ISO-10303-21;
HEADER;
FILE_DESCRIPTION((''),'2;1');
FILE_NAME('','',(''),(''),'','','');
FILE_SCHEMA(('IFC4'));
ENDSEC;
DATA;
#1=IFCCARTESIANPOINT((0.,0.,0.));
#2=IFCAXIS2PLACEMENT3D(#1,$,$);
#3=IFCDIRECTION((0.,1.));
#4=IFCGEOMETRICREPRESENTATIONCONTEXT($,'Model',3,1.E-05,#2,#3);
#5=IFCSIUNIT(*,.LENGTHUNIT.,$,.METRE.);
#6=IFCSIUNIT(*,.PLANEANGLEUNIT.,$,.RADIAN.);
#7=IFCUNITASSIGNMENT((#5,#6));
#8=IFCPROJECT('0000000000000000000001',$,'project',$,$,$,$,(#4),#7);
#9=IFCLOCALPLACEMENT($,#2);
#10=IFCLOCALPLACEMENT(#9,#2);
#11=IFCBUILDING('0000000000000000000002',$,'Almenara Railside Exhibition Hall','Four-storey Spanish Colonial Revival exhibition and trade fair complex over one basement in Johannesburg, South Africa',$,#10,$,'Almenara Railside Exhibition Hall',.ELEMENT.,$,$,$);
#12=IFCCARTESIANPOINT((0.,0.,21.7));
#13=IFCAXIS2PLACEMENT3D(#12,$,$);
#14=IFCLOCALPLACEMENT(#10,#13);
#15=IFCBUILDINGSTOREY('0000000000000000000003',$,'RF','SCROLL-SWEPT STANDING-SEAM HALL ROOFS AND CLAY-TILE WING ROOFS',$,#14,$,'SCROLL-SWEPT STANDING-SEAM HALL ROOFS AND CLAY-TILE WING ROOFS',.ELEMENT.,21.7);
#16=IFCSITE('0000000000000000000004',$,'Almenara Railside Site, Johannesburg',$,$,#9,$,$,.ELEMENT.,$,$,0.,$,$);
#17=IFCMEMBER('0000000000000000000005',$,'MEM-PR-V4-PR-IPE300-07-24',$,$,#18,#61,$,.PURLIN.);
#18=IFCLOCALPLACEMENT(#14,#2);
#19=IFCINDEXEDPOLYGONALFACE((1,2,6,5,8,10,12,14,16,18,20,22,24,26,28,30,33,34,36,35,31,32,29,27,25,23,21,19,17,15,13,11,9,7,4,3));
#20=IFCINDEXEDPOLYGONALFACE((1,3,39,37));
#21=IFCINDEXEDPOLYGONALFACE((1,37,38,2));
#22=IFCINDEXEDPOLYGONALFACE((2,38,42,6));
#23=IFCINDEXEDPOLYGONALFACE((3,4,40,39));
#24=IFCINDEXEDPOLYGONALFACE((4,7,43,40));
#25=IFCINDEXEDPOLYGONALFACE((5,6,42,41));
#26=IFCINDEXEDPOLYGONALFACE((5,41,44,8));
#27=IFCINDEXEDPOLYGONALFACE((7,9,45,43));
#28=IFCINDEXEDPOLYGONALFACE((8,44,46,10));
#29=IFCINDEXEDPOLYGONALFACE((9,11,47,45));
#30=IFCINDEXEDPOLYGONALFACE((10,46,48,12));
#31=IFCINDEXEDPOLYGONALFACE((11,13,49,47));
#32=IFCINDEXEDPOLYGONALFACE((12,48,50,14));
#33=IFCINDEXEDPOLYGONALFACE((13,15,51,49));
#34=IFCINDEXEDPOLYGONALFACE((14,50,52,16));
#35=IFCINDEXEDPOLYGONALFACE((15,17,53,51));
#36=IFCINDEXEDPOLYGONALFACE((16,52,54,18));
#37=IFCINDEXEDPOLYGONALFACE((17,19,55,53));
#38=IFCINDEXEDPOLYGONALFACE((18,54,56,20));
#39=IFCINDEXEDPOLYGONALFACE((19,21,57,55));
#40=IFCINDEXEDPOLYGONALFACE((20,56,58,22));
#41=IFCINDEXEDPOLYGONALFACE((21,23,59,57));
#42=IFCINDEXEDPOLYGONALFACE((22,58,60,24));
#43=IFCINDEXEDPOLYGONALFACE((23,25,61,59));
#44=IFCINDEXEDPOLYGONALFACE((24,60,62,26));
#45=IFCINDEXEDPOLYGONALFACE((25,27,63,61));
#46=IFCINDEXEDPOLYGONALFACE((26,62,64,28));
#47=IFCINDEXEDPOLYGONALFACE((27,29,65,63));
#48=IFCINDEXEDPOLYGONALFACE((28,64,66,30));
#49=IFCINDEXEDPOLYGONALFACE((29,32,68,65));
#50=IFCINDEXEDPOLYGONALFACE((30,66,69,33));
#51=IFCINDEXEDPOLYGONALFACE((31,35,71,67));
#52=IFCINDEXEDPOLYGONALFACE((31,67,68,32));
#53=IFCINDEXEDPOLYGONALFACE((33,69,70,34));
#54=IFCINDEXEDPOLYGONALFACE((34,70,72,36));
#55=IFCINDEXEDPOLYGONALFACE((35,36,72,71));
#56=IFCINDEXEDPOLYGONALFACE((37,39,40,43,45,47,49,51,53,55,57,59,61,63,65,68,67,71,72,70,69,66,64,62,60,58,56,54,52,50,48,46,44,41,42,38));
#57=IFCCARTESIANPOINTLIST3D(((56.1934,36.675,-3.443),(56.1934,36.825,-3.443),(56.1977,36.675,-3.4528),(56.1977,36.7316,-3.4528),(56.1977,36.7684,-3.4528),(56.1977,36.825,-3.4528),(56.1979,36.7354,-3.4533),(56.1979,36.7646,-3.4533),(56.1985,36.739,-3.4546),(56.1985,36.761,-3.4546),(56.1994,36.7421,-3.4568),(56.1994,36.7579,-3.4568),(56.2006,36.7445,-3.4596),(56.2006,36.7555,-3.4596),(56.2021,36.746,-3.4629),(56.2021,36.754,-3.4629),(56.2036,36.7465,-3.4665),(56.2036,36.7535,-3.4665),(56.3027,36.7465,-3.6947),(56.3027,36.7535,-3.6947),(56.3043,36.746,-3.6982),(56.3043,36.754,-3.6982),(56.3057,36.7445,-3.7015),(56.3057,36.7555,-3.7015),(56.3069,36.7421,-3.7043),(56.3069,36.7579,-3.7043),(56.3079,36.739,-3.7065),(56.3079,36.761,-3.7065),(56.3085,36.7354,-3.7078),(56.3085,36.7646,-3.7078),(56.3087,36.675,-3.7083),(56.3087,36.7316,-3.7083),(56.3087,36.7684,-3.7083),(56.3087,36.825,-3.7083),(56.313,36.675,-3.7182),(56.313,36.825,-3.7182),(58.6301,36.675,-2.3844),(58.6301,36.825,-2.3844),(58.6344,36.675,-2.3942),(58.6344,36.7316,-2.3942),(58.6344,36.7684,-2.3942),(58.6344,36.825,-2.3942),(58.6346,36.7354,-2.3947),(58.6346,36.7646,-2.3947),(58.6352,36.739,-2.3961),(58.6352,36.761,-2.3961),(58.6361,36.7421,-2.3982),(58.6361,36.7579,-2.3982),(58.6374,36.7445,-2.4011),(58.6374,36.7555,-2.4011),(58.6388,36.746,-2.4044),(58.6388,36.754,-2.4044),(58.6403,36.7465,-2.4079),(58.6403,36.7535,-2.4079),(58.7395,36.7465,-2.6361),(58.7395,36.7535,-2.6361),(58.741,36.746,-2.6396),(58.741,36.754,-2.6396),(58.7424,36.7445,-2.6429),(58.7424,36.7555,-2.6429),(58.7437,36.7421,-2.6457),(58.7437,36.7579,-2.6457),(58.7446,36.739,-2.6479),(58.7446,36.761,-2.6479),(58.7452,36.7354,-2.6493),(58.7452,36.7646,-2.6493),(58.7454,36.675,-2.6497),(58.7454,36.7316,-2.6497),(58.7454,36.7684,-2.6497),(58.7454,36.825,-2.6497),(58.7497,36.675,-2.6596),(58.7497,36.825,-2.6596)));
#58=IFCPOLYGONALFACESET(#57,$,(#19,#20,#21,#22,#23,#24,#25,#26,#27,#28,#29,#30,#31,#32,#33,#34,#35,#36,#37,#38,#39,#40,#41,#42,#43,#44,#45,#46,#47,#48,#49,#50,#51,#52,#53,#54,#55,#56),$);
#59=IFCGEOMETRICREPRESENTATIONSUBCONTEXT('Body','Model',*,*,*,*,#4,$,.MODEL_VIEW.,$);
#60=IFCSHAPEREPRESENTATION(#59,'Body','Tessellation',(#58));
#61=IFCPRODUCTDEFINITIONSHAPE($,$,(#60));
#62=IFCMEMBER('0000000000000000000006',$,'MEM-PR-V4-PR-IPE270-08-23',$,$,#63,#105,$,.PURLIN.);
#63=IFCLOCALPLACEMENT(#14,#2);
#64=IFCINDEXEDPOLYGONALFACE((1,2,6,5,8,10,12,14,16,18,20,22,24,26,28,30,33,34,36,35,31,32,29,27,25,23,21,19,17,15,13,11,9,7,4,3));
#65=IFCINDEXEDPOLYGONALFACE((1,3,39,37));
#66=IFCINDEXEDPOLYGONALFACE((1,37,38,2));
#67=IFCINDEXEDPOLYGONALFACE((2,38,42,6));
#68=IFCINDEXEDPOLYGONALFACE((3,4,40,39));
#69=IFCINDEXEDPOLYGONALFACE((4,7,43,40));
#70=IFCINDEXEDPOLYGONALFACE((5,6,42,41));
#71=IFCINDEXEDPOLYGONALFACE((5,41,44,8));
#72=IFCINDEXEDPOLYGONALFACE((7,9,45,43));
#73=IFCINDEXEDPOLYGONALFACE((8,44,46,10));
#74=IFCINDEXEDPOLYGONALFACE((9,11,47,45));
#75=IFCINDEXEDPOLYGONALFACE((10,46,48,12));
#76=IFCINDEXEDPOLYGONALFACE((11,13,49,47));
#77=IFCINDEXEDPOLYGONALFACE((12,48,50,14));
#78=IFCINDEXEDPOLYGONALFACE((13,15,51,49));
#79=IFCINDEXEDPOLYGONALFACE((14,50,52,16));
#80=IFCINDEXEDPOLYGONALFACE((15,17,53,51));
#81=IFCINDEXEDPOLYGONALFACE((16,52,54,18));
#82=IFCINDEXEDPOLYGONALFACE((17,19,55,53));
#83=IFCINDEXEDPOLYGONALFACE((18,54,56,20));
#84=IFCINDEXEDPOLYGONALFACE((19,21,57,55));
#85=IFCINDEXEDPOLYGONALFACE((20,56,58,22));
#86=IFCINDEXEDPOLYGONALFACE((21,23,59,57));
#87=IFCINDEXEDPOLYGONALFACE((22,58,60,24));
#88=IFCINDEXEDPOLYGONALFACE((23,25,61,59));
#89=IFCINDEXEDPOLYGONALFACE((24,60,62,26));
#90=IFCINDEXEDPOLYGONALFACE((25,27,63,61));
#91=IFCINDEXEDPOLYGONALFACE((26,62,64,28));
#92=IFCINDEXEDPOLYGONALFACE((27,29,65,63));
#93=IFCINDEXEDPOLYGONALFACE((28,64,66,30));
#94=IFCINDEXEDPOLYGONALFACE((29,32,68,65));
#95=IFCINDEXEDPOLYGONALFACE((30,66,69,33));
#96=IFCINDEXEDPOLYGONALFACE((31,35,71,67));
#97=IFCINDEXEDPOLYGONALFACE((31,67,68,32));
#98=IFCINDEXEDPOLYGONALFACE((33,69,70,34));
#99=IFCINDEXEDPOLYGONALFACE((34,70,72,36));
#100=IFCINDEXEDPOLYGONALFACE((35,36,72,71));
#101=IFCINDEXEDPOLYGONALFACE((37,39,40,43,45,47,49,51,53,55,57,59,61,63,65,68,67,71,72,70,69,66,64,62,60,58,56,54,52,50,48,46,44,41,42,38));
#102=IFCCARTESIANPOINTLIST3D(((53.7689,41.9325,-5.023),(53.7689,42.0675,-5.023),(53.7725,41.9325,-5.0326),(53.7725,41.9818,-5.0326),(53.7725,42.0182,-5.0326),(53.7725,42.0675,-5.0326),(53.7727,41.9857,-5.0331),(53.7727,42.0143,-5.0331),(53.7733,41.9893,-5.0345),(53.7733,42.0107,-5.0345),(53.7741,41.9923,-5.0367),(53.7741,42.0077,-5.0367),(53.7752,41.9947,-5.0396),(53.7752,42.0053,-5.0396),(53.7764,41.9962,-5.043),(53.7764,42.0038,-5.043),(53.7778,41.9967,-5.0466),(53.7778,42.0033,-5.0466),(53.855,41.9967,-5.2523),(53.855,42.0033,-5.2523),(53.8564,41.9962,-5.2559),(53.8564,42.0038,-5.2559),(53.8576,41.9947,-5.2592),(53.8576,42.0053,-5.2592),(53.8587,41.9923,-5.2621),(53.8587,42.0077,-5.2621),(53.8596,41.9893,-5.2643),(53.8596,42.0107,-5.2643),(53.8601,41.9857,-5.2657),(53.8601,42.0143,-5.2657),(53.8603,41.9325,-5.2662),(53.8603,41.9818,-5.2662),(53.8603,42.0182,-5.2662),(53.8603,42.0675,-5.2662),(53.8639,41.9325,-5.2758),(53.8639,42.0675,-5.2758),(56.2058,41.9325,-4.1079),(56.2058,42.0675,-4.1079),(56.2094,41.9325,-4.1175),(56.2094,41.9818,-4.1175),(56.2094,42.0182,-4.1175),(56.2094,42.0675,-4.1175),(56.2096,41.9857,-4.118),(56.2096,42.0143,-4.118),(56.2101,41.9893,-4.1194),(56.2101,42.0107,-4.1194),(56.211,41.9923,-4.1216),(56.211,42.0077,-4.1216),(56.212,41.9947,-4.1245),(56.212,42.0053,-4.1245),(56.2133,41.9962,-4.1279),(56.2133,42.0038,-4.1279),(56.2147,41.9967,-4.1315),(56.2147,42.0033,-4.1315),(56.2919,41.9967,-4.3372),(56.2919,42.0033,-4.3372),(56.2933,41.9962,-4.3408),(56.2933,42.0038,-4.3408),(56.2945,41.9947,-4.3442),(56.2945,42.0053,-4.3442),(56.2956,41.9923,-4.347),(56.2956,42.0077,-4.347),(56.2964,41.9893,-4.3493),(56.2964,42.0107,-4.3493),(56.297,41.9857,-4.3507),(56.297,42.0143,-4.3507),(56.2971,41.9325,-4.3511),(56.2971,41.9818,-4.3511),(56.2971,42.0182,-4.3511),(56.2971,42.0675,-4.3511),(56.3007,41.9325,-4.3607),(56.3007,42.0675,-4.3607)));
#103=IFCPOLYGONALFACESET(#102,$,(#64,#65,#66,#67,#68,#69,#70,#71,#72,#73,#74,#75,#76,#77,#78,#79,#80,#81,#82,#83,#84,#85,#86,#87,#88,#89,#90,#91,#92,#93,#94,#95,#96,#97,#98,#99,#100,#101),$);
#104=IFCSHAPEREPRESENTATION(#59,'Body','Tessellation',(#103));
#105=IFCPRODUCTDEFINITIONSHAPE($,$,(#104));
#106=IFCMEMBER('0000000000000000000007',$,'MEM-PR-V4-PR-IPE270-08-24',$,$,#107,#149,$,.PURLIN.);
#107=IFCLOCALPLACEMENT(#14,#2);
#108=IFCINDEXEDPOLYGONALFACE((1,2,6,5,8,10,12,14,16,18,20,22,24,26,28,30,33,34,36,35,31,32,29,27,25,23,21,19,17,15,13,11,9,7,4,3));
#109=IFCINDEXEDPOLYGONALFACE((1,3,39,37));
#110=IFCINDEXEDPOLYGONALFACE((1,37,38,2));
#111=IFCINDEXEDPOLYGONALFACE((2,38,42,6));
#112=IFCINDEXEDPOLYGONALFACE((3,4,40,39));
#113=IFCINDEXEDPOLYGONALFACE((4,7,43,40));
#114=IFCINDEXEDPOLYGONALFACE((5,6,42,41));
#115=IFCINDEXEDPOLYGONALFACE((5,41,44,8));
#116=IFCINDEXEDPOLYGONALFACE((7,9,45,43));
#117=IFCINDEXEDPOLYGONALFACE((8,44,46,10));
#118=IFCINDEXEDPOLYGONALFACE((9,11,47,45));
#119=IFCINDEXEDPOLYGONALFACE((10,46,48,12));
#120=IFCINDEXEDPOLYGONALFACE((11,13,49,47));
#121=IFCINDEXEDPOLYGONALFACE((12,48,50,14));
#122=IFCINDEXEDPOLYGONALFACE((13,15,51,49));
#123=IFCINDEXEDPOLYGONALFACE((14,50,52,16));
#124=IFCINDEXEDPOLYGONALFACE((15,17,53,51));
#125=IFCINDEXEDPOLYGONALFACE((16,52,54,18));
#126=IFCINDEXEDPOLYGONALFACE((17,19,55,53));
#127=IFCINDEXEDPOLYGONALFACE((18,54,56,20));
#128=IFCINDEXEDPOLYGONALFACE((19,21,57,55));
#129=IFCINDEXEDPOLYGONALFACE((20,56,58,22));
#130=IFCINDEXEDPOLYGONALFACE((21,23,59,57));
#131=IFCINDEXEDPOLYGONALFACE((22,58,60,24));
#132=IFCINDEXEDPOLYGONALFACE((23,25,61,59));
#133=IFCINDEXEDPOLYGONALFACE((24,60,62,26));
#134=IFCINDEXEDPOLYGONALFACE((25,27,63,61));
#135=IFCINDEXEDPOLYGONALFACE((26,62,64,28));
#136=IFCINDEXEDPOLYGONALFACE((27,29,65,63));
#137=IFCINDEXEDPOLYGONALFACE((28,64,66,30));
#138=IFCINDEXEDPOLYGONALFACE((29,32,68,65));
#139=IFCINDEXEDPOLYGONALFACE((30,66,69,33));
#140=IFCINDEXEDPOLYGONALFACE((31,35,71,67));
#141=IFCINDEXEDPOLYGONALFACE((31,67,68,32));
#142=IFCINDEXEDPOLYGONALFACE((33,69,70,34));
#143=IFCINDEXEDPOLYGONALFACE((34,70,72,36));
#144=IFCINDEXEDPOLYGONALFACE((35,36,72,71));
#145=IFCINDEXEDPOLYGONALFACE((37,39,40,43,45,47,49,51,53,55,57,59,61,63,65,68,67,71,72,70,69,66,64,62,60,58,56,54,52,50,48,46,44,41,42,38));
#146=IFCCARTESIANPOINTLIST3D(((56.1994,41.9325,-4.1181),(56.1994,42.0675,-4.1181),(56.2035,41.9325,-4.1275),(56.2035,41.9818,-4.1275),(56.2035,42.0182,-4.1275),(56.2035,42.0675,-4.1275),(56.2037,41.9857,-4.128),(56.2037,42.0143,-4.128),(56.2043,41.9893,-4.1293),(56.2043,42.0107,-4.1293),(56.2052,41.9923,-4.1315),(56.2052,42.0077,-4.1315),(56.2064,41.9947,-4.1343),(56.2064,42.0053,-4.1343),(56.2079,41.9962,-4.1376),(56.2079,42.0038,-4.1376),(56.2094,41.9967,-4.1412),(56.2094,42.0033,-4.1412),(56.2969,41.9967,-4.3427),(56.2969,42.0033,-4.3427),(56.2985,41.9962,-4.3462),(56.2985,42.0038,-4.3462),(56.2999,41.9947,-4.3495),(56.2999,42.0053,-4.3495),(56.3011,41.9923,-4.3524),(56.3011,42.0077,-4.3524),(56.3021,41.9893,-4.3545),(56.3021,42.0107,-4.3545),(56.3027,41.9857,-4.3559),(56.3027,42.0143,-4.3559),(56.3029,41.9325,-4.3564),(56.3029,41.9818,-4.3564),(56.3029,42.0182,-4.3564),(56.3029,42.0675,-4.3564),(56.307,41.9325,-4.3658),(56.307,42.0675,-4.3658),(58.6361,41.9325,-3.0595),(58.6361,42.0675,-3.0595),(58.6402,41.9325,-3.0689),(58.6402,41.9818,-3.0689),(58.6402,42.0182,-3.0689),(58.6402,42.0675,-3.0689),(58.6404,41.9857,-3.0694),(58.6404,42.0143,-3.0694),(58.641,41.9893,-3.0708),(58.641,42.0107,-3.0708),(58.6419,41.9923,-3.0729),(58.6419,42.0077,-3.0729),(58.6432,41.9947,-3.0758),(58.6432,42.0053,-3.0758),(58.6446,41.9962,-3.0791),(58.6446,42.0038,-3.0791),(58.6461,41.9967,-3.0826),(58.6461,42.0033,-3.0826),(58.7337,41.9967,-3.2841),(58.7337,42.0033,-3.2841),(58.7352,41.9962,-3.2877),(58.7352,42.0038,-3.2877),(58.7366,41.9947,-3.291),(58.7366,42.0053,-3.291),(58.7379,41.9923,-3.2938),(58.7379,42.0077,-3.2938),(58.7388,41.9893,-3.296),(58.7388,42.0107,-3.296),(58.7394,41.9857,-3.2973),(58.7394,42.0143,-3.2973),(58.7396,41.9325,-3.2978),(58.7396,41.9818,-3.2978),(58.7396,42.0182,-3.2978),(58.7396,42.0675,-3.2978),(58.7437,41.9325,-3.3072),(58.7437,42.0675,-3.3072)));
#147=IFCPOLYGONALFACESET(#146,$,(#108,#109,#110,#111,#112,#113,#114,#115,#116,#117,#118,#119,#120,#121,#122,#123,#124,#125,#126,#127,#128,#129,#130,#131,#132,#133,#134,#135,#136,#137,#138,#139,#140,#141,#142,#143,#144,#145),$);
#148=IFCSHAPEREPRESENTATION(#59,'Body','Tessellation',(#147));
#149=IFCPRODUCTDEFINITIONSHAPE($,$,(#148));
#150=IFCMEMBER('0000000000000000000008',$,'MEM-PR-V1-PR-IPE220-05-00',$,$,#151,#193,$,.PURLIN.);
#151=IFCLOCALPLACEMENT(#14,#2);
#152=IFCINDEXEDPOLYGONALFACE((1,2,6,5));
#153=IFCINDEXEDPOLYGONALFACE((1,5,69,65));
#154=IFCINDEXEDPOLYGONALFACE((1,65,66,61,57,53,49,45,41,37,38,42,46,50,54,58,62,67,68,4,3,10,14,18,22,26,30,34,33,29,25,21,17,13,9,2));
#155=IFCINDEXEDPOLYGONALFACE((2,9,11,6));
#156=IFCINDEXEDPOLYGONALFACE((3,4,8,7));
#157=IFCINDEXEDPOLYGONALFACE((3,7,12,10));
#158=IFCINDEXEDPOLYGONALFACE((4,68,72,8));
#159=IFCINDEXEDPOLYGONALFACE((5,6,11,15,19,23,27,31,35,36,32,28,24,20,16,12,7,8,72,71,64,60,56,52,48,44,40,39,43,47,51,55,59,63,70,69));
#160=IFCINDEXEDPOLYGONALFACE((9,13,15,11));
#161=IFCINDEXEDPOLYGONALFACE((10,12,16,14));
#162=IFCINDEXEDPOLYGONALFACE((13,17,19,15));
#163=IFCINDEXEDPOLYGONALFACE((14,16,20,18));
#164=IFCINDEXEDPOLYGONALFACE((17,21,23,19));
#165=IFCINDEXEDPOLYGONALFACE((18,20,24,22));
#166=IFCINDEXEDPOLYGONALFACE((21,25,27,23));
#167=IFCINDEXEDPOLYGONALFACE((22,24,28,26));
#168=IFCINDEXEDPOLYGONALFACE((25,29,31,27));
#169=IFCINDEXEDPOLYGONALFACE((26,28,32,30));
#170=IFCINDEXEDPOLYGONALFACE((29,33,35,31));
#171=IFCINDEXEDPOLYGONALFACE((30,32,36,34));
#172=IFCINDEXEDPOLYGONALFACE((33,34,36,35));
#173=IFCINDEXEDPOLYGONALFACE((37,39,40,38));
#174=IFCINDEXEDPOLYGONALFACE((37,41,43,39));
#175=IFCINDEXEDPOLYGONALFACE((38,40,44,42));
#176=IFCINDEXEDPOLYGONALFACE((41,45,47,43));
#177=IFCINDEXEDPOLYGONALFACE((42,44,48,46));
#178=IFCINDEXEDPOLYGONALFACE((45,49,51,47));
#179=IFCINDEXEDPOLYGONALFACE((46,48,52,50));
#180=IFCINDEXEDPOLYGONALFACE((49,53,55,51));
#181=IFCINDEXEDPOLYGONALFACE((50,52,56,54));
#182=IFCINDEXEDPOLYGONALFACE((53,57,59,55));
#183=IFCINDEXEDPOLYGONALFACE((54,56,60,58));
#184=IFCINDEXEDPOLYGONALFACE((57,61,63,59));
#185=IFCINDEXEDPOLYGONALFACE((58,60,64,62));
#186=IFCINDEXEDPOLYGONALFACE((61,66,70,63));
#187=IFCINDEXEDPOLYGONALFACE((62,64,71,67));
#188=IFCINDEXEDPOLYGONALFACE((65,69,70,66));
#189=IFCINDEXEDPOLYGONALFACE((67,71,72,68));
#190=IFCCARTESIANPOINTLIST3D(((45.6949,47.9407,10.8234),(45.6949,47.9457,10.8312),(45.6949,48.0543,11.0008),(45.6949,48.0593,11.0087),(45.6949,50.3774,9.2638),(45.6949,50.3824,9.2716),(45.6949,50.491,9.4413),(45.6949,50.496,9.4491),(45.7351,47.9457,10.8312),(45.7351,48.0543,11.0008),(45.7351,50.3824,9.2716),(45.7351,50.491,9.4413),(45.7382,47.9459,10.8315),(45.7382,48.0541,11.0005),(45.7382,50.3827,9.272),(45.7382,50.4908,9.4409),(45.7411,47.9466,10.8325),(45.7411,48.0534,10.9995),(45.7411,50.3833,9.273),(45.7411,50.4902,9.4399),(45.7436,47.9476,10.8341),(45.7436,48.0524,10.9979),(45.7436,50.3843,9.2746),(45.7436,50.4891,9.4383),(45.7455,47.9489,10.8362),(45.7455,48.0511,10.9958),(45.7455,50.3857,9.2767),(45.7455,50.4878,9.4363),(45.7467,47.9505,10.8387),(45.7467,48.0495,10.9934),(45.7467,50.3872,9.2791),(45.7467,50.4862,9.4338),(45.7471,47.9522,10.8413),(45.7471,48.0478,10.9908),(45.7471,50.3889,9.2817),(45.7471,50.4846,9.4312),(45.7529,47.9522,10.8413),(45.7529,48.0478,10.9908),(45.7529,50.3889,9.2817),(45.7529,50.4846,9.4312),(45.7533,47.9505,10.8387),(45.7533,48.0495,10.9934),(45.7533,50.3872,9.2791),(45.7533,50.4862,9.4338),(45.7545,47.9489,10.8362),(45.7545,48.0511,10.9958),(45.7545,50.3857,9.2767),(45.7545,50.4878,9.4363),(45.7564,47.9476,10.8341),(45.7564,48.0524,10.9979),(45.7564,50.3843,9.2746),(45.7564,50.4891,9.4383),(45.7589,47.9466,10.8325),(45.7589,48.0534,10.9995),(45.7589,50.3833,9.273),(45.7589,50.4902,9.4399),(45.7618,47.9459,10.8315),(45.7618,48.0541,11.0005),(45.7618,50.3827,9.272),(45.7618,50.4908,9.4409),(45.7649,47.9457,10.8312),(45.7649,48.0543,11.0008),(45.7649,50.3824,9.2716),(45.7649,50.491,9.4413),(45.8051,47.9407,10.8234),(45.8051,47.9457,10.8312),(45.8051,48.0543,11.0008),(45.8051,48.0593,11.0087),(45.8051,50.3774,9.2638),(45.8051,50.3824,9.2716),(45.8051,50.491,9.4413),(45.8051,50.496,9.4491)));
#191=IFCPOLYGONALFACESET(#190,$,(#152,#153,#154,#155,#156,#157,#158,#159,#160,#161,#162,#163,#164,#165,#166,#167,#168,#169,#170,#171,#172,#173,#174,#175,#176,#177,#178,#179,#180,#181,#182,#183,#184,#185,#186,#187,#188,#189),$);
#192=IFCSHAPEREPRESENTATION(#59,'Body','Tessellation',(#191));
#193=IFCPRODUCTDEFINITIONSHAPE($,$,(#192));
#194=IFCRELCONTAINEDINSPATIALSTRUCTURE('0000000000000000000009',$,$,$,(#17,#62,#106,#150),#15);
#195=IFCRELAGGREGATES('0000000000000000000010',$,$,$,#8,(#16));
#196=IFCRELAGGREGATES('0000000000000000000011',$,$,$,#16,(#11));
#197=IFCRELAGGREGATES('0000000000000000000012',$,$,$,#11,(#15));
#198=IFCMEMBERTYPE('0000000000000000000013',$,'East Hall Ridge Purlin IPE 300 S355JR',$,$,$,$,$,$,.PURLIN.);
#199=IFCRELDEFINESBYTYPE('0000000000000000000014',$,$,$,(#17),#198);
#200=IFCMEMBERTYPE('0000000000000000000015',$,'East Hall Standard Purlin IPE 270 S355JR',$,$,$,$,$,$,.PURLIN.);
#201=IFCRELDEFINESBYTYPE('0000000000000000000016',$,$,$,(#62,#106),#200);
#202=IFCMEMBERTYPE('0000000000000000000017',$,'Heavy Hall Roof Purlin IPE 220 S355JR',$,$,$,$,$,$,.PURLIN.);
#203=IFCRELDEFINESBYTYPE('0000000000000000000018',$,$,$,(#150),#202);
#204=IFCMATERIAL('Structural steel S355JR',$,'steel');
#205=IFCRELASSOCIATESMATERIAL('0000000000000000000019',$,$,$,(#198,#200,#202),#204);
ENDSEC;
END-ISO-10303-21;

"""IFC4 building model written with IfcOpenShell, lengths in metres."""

from ifc_helpers import new_model, si_unit, direction, frame, origin, origin_2d, place, context, subcontext, project, spatial, i_section, extrude, material, material_profile, profile_set, type_object, element, save


model = new_model("IFC4")

# Units and contexts
model_context = context("Model", 3, precision=1e-05, world=origin(), true_north=direction((0.0, 1.0)))
body_context = subcontext(model_context, "Body", "Model", "MODEL_VIEW")
ifc_project = project(units=[si_unit("LENGTHUNIT", "METRE"), si_unit("PLANEANGLEUNIT", "RADIAN")], contexts=[model_context])

# Site, building, storey
site_placement = place(None, origin())
site = spatial("IfcSite", under=ifc_project, at=site_placement, Name="Almenara Railside Site, Johannesburg", CompositionType="ELEMENT", RefElevation=0.0)
building_placement = place(site_placement, origin())
building = spatial("IfcBuilding", under=site, at=building_placement, Name="Almenara Railside Exhibition Hall", Description="Four-storey Spanish Colonial Revival exhibition and trade fair complex over one basement in Johannesburg, South Africa", LongName="Almenara Railside Exhibition Hall", CompositionType="ELEMENT")
storey_placement = place(building_placement, frame((0.0, 0.0, 21.7)))
storey = spatial("IfcBuildingStorey", under=building, at=storey_placement, Name="RF", Description="SCROLL-SWEPT STANDING-SEAM HALL ROOFS AND CLAY-TILE WING ROOFS", LongName="SCROLL-SWEPT STANDING-SEAM HALL ROOFS AND CLAY-TILE WING ROOFS", CompositionType="ELEMENT", Elevation=21.7)

# Shared definitions
ifc_material_1 = material(Name="Structural steel S355JR", Category="steel")

# Members
ifc_material_profile_1 = material_profile(ifc_material_1, i_section(OverallWidth=0.1499, OverallDepth=0.3, WebThickness=0.0071, FlangeThickness=0.0107, FilletRadius=0.0149, at=origin_2d()), Name="IPE 300")
ifc_profile_set_1 = profile_set([ifc_material_profile_1], Name="Structural steel S355JR")
member_type_1 = type_object("IfcMemberType", Name="East Hall Ridge Purlin IPE 300 S355JR", PredefinedType="PURLIN", material=ifc_profile_set_1)
member_1_placement = place(storey_placement, frame((56.2532, 36.75, -3.5806), z_axis=(0.91719, 0.0, 0.398451), x_axis=(0.0, 1.0, 0.0)))
element("IfcMember", 1, at=member_1_placement, inside=storey, type_object=member_type_1, Name="MEM-PR-V4-PR-IPE300-07-24", PredefinedType="PURLIN", context=body_context, shape_type="SweptSolid", body=[
    extrude(i_section(OverallWidth=0.1499, OverallDepth=0.3, WebThickness=0.0071, FlangeThickness=0.0107, FilletRadius=0.0149, at=origin_2d()), origin(), (0.0, 0.0, 1.0), 2.6567),
])
ifc_material_profile_2 = material_profile(ifc_material_1, i_section(OverallWidth=0.135, OverallDepth=0.27, WebThickness=0.0066, FlangeThickness=0.0103, FilletRadius=0.0149, at=origin_2d()), Name="IPE 270")
ifc_profile_set_2 = profile_set([ifc_material_profile_2], Name="Structural steel S355JR")
member_type_2 = type_object("IfcMemberType", Name="East Hall Standard Purlin IPE 270 S355JR", PredefinedType="PURLIN", material=ifc_profile_set_2)
member_2_placement = place(storey_placement, frame((53.8164, 42.0, -5.1494), z_axis=(0.936171, 0.0, 0.351545), x_axis=(0.0, 1.0, 0.0)))
element("IfcMember", 2, at=member_2_placement, inside=storey, type_object=member_type_2, Name="MEM-PR-V4-PR-IPE270-08-23", PredefinedType="PURLIN", context=body_context, shape_type="SweptSolid", body=[
    extrude(i_section(OverallWidth=0.135, OverallDepth=0.27, WebThickness=0.0066, FlangeThickness=0.0103, FilletRadius=0.0149, at=origin_2d()), origin(), (0.0, 0.0, 1.0), 2.603),
])
member_3_placement = place(storey_placement, frame((56.2532, 42.0, -4.2419), z_axis=(0.91719, 0.0, 0.398451), x_axis=(0.0, 1.0, 0.0)))
element("IfcMember", 3, at=member_3_placement, inside=storey, type_object=member_type_2, Name="MEM-PR-V4-PR-IPE270-08-24", PredefinedType="PURLIN", context=body_context, shape_type="SweptSolid", body=[
    extrude(i_section(OverallWidth=0.135, OverallDepth=0.27, WebThickness=0.0066, FlangeThickness=0.0103, FilletRadius=0.0149, at=origin_2d()), origin(), (0.0, 0.0, 1.0), 2.6567),
])
ifc_material_profile_3 = material_profile(ifc_material_1, i_section(OverallWidth=0.1101, OverallDepth=0.22, WebThickness=0.0059, FlangeThickness=0.0093, FilletRadius=0.012, at=origin_2d()), Name="IPE 220")
ifc_profile_set_3 = profile_set([ifc_material_profile_3], Name="Structural steel S355JR")
member_type_3 = type_object("IfcMemberType", Name="Heavy Hall Roof Purlin IPE 220 S355JR", PredefinedType="PURLIN", material=ifc_profile_set_3)
member_4_placement = place(storey_placement, frame((45.75, 48.0, 10.916), z_axis=(0.0, 0.842265, -0.539063), x_axis=(-1.0, 0.0, 0.0)))
element("IfcMember", 4, at=member_4_placement, inside=storey, type_object=member_type_3, Name="MEM-PR-V1-PR-IPE220-05-00", PredefinedType="PURLIN", context=body_context, shape_type="SweptSolid", body=[
    extrude(i_section(OverallWidth=0.1101, OverallDepth=0.22, WebThickness=0.0059, FlangeThickness=0.0093, FilletRadius=0.012, at=origin_2d()), origin(), (0.0, 0.0, 1.0), 2.8931),
])

save(model, "model.ifc")
